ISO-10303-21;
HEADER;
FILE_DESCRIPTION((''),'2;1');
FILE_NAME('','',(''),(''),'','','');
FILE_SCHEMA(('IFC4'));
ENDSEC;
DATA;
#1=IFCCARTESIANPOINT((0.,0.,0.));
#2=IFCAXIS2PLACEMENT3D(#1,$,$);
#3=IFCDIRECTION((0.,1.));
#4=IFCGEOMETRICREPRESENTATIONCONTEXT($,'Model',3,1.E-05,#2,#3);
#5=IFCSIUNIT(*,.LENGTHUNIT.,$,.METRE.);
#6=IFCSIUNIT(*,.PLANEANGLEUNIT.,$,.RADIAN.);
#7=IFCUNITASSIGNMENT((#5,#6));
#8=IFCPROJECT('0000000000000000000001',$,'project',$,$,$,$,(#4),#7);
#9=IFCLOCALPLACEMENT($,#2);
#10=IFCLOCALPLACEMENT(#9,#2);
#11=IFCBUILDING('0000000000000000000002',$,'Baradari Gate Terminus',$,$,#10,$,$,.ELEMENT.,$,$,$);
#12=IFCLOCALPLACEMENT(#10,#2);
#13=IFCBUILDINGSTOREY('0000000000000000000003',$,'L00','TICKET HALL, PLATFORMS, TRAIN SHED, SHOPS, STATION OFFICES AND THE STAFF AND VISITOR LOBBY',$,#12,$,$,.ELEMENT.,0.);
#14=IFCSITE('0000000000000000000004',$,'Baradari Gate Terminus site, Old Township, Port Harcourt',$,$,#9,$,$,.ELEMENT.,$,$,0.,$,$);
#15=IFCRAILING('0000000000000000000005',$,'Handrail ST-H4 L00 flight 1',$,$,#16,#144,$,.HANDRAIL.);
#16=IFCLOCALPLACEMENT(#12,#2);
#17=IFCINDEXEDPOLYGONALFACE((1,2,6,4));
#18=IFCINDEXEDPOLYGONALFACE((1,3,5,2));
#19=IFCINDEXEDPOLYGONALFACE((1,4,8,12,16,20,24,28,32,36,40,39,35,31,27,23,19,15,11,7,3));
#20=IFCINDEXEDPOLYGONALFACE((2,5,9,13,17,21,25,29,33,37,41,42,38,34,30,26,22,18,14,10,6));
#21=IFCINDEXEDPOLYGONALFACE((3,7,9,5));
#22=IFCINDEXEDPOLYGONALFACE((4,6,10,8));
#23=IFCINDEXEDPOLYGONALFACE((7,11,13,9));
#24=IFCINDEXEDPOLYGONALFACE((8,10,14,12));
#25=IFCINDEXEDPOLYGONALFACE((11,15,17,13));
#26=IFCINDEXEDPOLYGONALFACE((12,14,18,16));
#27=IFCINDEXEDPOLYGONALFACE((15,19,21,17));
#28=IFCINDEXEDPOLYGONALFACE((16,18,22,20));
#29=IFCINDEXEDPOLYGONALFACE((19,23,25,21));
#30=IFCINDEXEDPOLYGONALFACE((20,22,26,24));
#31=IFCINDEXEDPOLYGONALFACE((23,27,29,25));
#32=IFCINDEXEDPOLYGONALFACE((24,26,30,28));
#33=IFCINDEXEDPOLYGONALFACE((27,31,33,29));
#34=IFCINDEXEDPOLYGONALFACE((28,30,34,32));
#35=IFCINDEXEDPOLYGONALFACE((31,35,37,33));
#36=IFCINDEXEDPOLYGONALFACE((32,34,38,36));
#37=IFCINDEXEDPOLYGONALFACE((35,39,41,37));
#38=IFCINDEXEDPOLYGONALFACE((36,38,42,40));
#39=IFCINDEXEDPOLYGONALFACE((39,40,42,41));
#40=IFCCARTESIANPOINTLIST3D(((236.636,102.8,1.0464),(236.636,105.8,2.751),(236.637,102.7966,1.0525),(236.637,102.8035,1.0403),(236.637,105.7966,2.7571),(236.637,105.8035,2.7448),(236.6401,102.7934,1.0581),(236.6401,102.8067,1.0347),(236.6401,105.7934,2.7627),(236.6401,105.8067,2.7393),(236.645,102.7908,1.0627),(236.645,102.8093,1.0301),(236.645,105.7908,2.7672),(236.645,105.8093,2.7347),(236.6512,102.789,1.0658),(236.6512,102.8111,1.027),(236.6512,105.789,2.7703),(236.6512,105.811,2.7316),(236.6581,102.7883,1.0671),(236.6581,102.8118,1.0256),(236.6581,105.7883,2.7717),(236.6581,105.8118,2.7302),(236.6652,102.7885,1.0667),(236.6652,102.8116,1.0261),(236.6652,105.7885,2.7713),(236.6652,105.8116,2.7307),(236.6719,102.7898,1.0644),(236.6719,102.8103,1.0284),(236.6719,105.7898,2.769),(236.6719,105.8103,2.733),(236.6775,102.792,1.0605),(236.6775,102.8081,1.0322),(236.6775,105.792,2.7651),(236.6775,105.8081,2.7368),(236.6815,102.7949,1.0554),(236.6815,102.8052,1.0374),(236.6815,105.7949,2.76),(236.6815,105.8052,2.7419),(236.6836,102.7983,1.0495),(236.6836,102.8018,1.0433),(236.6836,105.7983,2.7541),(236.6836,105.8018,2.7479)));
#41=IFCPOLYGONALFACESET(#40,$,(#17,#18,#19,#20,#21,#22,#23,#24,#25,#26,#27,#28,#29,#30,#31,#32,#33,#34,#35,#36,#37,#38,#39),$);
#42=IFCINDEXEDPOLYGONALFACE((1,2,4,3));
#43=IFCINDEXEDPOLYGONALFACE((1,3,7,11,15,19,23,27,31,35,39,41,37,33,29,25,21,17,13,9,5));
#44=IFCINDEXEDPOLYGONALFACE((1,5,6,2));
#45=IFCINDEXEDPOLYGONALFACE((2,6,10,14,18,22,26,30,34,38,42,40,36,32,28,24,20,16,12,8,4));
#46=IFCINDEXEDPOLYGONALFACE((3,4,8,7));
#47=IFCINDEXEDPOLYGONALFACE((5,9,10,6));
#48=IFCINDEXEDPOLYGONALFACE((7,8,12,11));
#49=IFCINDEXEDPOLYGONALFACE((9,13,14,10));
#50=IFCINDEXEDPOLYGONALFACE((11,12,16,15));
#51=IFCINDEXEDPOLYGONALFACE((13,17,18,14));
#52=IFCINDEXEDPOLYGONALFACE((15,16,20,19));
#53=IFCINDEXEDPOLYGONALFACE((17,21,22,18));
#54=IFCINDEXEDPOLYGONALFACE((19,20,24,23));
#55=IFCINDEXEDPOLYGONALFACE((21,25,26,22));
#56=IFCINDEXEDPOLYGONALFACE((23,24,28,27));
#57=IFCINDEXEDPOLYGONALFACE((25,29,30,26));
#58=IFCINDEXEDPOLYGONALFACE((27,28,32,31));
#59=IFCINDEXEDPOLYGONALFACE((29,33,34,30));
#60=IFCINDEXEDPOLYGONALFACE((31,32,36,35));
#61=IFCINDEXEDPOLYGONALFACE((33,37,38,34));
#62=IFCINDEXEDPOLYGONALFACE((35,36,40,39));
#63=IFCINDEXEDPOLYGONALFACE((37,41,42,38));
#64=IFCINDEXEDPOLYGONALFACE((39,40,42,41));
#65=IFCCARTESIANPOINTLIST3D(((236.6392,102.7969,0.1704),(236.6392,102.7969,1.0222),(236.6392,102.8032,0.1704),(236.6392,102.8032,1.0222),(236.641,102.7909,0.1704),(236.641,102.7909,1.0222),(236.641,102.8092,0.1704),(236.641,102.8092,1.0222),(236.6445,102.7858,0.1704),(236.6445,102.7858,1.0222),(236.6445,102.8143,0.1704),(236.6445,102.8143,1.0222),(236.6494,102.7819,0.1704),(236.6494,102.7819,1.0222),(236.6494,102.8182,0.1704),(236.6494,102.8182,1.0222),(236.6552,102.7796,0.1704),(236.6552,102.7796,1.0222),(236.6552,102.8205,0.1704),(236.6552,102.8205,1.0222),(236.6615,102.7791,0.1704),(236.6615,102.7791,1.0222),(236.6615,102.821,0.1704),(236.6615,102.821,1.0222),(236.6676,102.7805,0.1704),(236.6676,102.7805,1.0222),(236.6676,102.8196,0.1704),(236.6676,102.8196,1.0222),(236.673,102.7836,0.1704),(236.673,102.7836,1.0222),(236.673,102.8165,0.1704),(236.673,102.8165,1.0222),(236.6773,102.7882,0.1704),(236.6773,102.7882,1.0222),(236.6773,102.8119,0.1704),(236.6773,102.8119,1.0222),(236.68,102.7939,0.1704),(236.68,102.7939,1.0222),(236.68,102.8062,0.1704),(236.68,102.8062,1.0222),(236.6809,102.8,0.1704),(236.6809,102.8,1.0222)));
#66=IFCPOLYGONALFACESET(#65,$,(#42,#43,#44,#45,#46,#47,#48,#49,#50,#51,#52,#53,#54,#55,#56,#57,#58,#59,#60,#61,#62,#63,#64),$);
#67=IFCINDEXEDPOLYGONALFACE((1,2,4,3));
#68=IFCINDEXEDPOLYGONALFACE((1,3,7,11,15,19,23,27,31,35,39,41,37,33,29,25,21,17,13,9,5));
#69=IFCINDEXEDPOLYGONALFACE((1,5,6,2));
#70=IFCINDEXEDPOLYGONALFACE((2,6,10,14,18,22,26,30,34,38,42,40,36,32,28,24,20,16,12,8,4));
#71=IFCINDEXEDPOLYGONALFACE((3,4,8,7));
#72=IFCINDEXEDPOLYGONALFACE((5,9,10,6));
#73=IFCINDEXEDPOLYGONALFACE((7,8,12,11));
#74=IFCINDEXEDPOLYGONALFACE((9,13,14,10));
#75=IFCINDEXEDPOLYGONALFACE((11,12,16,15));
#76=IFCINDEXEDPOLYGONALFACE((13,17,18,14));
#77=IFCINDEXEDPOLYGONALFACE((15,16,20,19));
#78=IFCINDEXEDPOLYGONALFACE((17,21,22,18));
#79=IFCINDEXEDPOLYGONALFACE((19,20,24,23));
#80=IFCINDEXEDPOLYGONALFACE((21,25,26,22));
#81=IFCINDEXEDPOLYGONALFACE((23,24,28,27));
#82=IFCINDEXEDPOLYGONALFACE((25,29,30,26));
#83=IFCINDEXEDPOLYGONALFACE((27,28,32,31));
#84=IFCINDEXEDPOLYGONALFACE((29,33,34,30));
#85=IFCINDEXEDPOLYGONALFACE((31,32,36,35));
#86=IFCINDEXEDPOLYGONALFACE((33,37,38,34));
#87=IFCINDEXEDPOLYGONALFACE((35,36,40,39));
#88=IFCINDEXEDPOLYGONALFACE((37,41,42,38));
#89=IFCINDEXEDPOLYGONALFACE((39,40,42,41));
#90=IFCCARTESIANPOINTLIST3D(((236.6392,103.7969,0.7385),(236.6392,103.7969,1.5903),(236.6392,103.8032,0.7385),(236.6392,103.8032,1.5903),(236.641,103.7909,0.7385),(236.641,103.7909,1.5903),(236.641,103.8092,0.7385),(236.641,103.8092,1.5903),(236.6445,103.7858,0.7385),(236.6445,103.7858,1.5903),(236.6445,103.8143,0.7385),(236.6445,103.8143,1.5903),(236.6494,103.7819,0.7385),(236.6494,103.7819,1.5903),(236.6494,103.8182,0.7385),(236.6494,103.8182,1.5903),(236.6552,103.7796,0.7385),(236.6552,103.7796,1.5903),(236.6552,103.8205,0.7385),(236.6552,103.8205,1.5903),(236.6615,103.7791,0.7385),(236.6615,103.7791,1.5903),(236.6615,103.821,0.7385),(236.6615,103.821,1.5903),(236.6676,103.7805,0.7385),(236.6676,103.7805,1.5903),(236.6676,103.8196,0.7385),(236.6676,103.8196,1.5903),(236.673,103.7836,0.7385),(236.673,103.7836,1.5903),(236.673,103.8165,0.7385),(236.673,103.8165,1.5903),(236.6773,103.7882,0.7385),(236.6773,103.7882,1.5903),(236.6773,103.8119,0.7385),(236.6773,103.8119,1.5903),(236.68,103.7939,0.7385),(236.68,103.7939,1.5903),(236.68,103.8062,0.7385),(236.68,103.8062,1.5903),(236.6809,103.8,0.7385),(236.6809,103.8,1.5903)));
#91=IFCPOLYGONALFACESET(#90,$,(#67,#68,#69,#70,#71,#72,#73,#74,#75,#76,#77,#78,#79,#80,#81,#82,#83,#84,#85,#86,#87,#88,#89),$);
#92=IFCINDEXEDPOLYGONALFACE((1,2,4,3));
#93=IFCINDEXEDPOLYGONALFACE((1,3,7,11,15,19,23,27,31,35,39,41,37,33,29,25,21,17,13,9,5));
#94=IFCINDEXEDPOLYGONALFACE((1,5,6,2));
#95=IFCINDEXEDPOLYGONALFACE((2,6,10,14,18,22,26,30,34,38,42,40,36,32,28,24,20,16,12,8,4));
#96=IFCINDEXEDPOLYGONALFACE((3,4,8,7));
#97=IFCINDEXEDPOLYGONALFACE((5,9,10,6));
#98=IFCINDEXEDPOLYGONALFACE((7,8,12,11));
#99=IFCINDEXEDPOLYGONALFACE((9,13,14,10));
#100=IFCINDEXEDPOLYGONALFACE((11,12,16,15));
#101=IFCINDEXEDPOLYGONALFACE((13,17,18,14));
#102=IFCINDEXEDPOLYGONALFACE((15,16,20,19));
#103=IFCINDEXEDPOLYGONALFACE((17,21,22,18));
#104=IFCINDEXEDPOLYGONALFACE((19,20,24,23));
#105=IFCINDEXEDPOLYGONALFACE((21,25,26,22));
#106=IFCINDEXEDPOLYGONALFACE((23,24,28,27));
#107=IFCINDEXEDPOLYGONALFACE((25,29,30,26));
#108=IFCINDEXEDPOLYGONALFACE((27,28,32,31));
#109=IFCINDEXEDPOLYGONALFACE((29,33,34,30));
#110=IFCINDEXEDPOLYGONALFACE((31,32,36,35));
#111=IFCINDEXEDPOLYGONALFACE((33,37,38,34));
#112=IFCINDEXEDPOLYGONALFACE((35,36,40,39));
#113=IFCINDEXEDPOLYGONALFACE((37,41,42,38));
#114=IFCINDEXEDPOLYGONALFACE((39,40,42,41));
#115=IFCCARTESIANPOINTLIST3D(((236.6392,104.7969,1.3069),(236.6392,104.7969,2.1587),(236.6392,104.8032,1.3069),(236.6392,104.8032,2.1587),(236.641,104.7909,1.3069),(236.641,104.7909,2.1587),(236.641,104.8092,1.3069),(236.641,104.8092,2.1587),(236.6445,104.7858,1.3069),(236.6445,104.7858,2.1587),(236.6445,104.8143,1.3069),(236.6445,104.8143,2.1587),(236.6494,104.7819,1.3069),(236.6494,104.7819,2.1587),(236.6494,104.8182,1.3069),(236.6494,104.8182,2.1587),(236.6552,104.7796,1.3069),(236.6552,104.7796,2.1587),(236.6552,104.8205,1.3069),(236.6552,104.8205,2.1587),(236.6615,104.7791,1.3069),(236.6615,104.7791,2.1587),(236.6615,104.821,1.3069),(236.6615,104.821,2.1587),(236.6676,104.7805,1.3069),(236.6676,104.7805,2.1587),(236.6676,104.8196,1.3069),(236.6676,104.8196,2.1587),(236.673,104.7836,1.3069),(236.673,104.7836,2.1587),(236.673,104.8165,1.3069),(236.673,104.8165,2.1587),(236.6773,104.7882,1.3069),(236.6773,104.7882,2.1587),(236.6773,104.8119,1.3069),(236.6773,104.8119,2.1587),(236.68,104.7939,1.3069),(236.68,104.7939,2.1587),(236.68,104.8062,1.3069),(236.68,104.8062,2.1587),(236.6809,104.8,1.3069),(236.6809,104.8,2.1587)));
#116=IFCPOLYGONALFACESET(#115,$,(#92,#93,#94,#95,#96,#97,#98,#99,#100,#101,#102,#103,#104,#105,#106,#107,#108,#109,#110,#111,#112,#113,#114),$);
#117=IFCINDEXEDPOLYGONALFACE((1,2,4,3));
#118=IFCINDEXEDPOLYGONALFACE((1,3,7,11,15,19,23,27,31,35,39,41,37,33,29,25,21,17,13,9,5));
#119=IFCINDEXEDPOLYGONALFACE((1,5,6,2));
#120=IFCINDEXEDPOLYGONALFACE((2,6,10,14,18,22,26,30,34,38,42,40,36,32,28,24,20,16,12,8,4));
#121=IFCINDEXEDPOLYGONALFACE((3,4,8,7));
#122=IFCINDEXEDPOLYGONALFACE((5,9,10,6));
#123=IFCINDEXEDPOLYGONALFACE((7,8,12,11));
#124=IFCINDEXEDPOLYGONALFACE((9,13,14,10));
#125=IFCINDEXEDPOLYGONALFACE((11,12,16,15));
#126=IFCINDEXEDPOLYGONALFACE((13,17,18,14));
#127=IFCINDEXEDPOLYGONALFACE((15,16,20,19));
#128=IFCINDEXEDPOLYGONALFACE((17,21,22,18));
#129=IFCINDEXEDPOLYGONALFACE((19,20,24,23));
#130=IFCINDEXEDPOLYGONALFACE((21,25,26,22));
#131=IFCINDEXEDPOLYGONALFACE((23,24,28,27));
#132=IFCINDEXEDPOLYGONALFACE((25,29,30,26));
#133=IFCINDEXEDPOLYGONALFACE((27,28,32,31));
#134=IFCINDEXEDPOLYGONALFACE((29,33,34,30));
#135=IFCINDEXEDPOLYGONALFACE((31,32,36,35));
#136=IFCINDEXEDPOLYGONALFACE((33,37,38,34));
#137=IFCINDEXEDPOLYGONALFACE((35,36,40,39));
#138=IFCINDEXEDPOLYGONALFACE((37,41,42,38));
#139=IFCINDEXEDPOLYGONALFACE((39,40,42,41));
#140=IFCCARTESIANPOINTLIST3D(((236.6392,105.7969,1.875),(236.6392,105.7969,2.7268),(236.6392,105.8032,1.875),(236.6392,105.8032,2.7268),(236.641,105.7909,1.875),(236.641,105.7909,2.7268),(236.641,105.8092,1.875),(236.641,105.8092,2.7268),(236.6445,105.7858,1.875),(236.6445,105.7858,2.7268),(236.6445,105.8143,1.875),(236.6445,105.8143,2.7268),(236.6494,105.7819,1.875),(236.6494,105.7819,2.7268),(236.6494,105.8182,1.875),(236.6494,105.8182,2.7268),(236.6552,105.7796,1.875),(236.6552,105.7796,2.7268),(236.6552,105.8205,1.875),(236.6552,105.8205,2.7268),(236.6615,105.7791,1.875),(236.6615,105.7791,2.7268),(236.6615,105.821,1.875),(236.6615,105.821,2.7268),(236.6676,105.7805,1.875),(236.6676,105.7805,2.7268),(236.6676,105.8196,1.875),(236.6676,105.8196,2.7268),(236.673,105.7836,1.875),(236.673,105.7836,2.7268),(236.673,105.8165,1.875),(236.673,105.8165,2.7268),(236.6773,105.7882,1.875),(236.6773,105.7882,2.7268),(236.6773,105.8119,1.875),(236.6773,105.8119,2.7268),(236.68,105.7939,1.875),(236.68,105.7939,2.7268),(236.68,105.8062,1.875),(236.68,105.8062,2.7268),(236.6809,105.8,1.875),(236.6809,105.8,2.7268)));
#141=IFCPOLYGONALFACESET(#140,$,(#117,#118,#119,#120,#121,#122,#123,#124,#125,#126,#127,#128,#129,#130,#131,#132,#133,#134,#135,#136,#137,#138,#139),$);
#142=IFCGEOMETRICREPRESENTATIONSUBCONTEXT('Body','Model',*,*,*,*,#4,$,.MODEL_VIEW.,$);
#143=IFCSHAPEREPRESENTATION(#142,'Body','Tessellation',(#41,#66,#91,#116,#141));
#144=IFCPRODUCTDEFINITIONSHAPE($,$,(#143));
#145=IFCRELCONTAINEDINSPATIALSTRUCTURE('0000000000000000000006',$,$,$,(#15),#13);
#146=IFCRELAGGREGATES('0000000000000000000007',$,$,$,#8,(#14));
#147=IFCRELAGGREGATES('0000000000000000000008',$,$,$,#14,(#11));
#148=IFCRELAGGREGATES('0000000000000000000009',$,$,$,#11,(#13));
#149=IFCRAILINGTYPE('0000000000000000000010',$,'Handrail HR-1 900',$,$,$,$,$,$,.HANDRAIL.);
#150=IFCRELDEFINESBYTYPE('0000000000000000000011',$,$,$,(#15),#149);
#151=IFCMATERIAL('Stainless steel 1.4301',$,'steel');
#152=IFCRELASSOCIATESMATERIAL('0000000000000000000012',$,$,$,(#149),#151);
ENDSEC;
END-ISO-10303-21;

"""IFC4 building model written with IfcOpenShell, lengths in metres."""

from ifc_helpers import new_model, si_unit, direction, frame, origin, origin_2d, place, context, subcontext, project, spatial, circle, extrude, material, type_object, element, save


model = new_model("IFC4")

# Units and contexts
model_context = context("Model", 3, precision=1e-05, world=origin(), true_north=direction((0.0, 1.0)))
body_context = subcontext(model_context, "Body", "Model", "MODEL_VIEW")
ifc_project = project(units=[si_unit("LENGTHUNIT", "METRE"), si_unit("PLANEANGLEUNIT", "RADIAN")], contexts=[model_context])

# Site, building, storey
site_placement = place(None, origin())
site = spatial("IfcSite", under=ifc_project, at=site_placement, Name="Baradari Gate Terminus site, Old Township, Port Harcourt", CompositionType="ELEMENT", RefElevation=0.0)
building_placement = place(site_placement, origin())
building = spatial("IfcBuilding", under=site, at=building_placement, Name="Baradari Gate Terminus", CompositionType="ELEMENT")
storey_placement = place(building_placement, origin())
storey = spatial("IfcBuildingStorey", under=building, at=storey_placement, Name="L00", Description="TICKET HALL, PLATFORMS, TRAIN SHED, SHOPS, STATION OFFICES AND THE STAFF AND VISITOR LOBBY", CompositionType="ELEMENT", Elevation=0.0)

# Railing
ifc_material_1 = material(Name="Stainless steel 1.4301", Category="steel")
railing_type_1 = type_object("IfcRailingType", Name="Handrail HR-1 900", PredefinedType="HANDRAIL", material=ifc_material_1)
for number, where, name in (
    (1, (236.6599, 102.8, 0.1704), "Handrail ST-H4 L00 flight 1"),
):
    element("IfcRailing", number, at=place(storey_placement, frame(where)), inside=storey, type_object=railing_type_1, Name=name, PredefinedType="HANDRAIL", context=body_context, shape_type="SweptSolid", body=[
        extrude(circle(Radius=0.0239, at=origin_2d()), frame((0.0, 0.0, 0.876), z_axis=(0.0, 0.869451, 0.494019), x_axis=(-1.0, 0.0, 0.0)), (0.0, 0.0, 1.0), 3.4504),
        extrude(circle(Radius=0.021, at=origin_2d()), origin(), (0.0, 0.0, 1.0), 0.8518),
        extrude(circle(Radius=0.021, at=origin_2d()), frame((0.0, 1.0, 0.5681)), (0.0, 0.0, 1.0), 0.8518),
        extrude(circle(Radius=0.021, at=origin_2d()), frame((0.0, 2.0, 1.1365)), (0.0, 0.0, 1.0), 0.8518),
        extrude(circle(Radius=0.021, at=origin_2d()), frame((0.0, 3.0, 1.7046)), (0.0, 0.0, 1.0), 0.8518),
    ])

save(model, "model.ifc")
